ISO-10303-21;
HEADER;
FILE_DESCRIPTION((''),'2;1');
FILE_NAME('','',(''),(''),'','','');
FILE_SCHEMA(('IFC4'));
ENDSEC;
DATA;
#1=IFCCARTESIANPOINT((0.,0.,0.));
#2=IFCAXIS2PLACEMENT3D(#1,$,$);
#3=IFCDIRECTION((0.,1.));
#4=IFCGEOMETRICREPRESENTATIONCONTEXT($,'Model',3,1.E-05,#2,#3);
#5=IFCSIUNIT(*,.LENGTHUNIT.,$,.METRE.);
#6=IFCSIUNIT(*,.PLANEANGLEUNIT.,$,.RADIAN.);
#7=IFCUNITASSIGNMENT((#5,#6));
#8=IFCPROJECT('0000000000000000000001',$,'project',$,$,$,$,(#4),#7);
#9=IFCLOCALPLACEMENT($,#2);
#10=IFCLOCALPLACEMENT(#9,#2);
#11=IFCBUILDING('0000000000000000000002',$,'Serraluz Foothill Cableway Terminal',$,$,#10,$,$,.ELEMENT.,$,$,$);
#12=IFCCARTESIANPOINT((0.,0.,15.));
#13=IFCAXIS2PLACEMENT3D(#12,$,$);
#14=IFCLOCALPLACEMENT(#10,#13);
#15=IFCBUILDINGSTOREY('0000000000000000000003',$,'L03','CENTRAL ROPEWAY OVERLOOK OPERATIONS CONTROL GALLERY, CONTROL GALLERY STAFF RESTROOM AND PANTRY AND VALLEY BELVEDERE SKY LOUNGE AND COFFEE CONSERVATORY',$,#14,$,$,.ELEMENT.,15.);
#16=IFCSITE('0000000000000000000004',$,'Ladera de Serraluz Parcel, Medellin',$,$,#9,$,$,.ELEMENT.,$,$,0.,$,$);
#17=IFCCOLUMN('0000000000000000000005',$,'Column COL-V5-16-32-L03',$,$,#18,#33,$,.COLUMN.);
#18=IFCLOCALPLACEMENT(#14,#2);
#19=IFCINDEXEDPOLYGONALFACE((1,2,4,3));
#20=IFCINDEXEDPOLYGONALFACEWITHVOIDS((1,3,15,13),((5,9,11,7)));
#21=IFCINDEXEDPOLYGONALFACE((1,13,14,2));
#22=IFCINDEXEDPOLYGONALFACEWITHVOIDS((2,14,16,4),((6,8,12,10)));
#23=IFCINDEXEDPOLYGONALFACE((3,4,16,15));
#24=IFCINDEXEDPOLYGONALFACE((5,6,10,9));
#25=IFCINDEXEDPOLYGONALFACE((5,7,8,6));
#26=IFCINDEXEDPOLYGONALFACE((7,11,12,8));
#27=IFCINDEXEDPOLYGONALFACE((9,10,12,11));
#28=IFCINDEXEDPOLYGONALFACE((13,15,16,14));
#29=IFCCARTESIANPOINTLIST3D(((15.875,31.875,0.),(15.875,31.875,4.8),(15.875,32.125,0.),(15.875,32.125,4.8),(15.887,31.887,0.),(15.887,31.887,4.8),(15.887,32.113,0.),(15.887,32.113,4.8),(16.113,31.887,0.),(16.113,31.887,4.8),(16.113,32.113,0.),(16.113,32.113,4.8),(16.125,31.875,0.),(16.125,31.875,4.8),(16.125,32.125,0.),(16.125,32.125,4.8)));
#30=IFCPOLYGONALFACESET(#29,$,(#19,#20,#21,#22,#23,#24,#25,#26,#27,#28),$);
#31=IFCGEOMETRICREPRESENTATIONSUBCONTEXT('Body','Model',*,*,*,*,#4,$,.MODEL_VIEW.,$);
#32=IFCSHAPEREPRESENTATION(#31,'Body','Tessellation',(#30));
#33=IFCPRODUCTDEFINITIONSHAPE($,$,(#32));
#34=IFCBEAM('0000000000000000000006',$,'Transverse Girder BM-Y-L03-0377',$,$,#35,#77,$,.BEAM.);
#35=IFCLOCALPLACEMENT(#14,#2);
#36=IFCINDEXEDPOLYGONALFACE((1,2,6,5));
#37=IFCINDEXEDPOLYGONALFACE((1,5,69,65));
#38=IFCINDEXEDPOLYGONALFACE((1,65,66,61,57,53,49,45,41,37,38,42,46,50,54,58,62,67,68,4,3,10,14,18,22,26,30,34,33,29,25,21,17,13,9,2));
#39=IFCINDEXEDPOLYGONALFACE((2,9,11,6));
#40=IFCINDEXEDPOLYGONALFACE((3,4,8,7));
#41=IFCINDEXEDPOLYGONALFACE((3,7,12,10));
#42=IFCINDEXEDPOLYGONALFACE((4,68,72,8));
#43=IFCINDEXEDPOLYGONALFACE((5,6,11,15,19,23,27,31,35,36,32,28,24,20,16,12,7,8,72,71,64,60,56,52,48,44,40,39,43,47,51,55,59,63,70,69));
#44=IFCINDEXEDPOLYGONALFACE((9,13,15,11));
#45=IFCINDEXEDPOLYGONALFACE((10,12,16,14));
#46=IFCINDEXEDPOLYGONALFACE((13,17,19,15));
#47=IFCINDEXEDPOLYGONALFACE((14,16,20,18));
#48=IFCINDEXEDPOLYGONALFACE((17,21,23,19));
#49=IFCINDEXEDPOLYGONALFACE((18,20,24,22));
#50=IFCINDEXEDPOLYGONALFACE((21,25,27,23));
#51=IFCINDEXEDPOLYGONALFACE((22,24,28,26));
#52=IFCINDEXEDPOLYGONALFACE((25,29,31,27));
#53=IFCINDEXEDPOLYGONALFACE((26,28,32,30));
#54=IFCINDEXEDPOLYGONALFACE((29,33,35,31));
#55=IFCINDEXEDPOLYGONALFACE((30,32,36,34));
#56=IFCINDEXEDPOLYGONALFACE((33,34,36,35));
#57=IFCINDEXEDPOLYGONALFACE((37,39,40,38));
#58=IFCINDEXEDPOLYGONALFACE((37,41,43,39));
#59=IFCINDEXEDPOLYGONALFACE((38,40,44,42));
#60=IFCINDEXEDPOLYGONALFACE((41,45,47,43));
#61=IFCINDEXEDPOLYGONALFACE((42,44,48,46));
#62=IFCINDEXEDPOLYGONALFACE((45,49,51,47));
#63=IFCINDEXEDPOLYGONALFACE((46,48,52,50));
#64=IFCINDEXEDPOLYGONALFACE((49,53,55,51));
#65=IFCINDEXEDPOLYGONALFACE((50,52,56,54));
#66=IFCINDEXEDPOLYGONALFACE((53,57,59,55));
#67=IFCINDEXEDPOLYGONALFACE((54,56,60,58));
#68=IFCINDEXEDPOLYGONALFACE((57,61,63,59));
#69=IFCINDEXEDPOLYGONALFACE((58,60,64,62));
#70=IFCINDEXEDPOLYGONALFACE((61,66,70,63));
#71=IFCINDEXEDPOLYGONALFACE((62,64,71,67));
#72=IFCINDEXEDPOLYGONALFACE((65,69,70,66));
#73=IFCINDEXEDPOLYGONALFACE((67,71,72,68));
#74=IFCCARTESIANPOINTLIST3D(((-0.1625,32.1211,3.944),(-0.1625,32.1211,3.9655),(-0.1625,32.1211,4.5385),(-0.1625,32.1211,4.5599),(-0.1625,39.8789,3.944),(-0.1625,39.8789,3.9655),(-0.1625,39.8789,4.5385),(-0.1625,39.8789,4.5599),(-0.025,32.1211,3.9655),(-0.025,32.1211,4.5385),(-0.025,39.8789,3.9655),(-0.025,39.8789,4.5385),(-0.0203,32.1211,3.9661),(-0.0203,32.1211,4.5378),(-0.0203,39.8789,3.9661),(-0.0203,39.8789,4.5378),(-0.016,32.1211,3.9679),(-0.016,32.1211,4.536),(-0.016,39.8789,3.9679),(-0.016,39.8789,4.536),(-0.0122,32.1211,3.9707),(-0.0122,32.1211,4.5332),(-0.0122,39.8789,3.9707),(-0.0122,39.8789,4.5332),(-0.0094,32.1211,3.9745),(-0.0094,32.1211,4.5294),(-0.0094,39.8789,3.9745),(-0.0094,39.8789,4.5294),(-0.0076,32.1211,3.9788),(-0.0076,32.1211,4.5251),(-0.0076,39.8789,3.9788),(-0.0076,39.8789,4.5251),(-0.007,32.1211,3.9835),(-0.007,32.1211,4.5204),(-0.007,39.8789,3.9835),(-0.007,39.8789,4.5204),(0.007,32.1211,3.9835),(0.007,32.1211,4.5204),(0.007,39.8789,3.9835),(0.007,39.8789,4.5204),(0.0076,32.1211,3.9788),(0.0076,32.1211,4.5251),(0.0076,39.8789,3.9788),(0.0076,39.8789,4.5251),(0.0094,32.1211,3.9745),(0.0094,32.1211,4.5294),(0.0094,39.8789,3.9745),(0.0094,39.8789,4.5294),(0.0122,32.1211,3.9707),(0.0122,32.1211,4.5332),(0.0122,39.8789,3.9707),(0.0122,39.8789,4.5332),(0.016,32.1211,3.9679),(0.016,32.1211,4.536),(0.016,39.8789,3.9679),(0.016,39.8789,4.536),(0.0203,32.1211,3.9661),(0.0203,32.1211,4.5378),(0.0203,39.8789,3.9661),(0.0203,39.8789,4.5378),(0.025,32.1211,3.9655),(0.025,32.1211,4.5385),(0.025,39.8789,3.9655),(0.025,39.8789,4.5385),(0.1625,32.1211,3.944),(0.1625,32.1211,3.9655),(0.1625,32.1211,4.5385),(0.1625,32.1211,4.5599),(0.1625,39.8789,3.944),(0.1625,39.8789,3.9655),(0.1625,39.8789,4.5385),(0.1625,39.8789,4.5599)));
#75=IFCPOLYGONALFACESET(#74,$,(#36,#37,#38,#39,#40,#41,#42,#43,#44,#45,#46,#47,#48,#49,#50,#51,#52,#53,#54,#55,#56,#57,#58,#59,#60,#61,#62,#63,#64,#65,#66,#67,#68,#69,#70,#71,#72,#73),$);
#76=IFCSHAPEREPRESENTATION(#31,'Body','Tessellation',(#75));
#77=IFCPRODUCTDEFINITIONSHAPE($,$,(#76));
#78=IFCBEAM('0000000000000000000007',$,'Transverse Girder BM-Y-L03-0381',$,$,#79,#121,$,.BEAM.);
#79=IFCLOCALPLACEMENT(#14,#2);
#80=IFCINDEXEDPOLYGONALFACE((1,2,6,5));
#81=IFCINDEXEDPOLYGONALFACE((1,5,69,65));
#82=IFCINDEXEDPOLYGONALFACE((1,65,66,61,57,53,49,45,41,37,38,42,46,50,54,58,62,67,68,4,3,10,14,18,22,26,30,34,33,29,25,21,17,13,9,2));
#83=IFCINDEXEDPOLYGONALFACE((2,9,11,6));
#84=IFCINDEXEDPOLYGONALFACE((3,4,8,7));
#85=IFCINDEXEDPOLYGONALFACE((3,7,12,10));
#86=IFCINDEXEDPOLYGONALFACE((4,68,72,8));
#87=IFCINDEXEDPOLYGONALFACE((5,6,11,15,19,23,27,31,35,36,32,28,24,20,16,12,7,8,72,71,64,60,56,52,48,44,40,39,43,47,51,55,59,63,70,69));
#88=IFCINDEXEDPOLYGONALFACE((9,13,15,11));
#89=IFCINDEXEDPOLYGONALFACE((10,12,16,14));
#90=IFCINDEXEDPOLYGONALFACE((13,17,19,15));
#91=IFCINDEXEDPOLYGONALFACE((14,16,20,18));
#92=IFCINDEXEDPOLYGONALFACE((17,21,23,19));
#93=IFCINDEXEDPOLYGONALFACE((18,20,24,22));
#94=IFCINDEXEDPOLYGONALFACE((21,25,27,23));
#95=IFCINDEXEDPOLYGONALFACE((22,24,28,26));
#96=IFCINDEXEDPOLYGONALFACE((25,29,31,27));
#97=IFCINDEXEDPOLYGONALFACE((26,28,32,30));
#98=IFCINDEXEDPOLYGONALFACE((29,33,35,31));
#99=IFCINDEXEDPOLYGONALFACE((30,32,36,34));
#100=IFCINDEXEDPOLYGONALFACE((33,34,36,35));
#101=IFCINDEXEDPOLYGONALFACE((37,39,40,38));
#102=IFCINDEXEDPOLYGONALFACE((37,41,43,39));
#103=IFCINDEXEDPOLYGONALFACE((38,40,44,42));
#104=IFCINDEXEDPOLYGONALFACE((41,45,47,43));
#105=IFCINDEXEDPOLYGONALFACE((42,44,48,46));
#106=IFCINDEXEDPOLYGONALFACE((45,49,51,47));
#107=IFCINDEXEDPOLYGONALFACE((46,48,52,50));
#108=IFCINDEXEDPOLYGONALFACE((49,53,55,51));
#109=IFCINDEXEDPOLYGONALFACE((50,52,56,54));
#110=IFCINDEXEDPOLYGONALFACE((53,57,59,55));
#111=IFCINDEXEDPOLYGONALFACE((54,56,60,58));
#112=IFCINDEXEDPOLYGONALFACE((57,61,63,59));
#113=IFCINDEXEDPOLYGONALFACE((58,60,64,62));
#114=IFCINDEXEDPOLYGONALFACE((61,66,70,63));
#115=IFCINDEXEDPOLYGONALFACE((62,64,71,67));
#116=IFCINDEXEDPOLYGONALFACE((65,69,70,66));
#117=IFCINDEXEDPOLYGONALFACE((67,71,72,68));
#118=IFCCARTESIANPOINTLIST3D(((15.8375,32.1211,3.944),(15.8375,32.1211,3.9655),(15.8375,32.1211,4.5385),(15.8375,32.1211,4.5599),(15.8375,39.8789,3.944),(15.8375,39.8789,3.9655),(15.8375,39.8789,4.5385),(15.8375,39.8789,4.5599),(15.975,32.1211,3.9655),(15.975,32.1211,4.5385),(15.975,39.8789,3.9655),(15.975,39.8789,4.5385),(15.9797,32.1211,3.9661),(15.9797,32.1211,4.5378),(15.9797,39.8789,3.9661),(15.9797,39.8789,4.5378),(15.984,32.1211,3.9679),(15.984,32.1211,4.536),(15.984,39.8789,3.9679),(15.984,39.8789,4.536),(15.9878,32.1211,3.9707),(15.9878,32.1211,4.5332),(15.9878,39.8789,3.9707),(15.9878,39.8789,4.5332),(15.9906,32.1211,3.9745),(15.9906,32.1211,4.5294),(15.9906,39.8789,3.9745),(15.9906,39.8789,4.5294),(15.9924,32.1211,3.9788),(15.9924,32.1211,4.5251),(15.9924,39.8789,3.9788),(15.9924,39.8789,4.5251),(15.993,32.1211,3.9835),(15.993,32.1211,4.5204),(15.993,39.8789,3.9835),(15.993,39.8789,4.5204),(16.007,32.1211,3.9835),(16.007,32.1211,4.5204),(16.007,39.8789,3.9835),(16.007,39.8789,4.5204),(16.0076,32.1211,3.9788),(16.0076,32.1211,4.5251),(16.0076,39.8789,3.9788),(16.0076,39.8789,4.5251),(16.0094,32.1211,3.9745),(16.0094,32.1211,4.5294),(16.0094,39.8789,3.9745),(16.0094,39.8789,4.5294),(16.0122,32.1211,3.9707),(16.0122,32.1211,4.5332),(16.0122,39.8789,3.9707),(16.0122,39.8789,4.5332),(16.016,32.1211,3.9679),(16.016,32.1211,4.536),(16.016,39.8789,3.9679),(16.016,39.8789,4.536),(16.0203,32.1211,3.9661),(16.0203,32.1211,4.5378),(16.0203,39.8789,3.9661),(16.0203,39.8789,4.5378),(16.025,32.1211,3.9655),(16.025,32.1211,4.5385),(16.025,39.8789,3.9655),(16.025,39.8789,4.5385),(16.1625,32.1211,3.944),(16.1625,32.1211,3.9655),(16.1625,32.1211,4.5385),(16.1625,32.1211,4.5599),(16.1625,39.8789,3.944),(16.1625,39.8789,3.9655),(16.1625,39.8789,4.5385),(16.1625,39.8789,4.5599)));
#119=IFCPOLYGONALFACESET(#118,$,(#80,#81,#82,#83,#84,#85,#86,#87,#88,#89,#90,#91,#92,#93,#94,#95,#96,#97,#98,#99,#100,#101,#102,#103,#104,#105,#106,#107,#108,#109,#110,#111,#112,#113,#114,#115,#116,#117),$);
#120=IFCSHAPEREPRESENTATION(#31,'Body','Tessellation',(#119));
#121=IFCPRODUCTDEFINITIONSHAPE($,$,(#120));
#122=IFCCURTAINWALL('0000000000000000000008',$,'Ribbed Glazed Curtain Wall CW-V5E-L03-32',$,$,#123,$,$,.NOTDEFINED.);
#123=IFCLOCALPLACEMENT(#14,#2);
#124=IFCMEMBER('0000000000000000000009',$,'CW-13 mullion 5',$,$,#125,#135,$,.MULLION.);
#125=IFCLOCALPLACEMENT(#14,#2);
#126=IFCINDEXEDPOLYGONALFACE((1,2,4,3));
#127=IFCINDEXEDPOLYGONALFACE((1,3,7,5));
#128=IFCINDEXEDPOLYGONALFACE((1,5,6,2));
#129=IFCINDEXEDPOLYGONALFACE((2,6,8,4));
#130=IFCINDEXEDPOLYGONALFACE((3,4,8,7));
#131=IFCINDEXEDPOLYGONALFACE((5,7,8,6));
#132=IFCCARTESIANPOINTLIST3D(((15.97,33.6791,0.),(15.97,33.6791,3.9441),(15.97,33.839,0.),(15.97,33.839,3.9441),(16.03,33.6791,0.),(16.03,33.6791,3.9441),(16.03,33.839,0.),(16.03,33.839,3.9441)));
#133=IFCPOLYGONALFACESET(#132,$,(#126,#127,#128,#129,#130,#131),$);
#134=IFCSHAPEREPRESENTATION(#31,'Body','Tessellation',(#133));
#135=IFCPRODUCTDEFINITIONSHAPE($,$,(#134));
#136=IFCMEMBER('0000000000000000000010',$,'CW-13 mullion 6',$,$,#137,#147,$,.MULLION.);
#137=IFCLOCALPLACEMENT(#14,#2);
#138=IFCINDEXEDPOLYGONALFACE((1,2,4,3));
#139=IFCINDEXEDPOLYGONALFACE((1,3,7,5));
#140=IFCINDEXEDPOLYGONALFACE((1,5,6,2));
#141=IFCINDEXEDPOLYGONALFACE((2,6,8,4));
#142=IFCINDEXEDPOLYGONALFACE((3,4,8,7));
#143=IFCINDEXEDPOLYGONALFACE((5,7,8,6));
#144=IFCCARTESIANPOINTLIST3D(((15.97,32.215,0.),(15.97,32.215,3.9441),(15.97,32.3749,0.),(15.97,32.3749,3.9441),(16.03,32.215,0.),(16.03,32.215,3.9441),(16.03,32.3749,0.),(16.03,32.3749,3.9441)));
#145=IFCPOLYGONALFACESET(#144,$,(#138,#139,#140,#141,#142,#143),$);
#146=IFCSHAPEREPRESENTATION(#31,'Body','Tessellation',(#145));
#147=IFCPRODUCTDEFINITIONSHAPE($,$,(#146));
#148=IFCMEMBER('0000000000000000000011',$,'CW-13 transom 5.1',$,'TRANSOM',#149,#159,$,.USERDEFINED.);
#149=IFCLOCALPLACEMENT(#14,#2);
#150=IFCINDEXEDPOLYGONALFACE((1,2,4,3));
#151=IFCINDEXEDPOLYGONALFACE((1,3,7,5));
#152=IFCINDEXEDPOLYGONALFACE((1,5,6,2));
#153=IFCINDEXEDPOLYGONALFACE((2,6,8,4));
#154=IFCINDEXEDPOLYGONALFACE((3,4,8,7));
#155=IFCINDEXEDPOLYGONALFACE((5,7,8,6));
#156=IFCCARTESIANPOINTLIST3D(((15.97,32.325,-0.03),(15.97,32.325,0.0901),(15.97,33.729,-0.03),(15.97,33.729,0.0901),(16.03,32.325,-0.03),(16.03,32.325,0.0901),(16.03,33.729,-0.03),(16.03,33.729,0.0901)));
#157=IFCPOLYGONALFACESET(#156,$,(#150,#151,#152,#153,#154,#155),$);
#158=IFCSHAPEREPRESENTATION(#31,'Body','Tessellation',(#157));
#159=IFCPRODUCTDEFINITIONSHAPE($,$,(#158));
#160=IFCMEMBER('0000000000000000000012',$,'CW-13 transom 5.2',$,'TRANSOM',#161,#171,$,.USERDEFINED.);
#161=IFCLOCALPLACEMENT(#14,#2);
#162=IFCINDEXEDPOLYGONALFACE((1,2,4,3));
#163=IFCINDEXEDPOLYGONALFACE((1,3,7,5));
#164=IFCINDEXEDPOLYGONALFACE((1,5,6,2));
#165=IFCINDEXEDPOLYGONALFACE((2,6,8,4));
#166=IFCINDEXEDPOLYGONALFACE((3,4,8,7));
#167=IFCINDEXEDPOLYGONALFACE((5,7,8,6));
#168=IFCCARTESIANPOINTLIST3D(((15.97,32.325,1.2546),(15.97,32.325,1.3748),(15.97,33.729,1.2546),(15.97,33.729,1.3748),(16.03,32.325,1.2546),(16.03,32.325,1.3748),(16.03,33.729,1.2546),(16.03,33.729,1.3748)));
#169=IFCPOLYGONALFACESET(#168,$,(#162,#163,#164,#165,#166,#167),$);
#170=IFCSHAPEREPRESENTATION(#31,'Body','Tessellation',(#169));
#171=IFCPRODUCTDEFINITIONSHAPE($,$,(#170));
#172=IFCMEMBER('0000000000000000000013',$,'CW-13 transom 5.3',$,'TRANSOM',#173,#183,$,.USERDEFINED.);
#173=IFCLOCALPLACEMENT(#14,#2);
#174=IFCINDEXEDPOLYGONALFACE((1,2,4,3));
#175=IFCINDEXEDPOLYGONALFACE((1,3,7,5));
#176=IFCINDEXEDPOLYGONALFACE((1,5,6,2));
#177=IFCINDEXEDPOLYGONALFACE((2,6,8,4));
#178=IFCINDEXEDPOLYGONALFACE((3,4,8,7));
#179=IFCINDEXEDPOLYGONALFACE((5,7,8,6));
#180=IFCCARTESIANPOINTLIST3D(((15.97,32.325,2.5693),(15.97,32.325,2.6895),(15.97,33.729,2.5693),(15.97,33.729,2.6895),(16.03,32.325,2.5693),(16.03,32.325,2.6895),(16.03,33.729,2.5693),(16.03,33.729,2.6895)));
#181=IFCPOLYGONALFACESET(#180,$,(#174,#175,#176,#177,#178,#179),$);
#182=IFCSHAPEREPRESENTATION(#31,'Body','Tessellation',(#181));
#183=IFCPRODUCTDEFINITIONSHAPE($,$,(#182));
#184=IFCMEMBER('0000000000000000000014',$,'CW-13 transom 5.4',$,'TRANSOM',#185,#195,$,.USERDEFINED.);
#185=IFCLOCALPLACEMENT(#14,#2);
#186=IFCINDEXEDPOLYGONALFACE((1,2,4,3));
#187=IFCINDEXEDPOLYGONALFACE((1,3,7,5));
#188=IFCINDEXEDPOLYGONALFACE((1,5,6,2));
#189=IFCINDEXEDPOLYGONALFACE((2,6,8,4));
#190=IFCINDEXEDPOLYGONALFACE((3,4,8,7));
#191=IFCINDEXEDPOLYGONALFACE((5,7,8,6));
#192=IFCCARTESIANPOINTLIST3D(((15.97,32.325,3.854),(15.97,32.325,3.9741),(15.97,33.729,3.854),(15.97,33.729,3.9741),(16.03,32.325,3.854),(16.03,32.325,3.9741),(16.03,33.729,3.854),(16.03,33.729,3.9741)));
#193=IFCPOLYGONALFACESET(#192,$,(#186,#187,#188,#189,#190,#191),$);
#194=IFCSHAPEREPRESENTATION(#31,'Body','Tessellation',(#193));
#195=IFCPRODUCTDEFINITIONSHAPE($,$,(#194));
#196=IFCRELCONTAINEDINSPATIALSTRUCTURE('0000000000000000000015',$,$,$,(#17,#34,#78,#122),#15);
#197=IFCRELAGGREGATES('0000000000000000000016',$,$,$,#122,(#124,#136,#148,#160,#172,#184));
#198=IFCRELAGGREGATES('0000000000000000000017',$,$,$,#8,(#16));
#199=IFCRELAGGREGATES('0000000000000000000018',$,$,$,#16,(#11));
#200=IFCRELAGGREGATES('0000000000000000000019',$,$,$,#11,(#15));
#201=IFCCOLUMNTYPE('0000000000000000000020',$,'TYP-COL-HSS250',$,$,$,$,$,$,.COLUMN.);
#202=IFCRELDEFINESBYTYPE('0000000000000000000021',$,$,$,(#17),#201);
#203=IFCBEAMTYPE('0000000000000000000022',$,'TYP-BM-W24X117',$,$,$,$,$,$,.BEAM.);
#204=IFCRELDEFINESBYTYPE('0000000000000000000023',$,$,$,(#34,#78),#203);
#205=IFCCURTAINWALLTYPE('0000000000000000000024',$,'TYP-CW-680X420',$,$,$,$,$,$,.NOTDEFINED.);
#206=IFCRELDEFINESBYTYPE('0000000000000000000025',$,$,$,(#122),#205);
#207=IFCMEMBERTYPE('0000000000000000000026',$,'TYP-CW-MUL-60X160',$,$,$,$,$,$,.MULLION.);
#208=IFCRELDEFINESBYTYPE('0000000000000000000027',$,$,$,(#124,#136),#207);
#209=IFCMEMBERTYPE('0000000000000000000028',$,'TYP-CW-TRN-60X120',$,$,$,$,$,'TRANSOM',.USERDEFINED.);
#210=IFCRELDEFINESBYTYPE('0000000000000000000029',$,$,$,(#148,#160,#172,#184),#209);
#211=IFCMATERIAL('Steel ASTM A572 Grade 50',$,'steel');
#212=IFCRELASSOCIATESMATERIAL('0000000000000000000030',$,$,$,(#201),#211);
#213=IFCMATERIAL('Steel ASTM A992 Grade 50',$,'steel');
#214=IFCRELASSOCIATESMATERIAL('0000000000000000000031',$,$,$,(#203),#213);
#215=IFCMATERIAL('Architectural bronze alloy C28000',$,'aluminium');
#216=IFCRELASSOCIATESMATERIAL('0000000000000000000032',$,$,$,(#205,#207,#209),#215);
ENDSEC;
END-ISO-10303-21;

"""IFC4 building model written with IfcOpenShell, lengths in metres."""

from ifc_helpers import new_model, si_unit, direction, frame, origin, origin_2d, place, context, subcontext, project, spatial, rectangle, hollow_rectangle, i_section, extrude, material, material_profile, profile_set, type_object, element, aggregate, save


model = new_model("IFC4")

# Units and contexts
model_context = context("Model", 3, precision=1e-05, world=origin(), true_north=direction((0.0, 1.0)))
body_context = subcontext(model_context, "Body", "Model", "MODEL_VIEW")
ifc_project = project(units=[si_unit("LENGTHUNIT", "METRE"), si_unit("PLANEANGLEUNIT", "RADIAN")], contexts=[model_context])

# Site, building, storey
site_placement = place(None, origin())
site = spatial("IfcSite", under=ifc_project, at=site_placement, Name="Ladera de Serraluz Parcel, Medellin", CompositionType="ELEMENT", RefElevation=0.0)
building_placement = place(site_placement, origin())
building = spatial("IfcBuilding", under=site, at=building_placement, Name="Serraluz Foothill Cableway Terminal", CompositionType="ELEMENT")
storey_placement = place(building_placement, frame((0.0, 0.0, 15.0)))
storey = spatial("IfcBuildingStorey", under=building, at=storey_placement, Name="L03", Description="CENTRAL ROPEWAY OVERLOOK OPERATIONS CONTROL GALLERY, CONTROL GALLERY STAFF RESTROOM AND PANTRY AND VALLEY BELVEDERE SKY LOUNGE AND COFFEE CONSERVATORY", CompositionType="ELEMENT", Elevation=15.0)

# Column
ifc_material_1 = material(Name="Steel ASTM A572 Grade 50", Category="steel")
ifc_material_profile_1 = material_profile(ifc_material_1, hollow_rectangle(XDim=0.25, YDim=0.25, WallThickness=0.012, at=origin_2d()), Name="HSS250X250X12")
ifc_profile_set_1 = profile_set([ifc_material_profile_1], Name="Steel ASTM A572 Grade 50")
column_type = type_object("IfcColumnType", Name="TYP-COL-HSS250", PredefinedType="COLUMN", material=ifc_profile_set_1)
column_placement = place(storey_placement, frame((16.0, 32.0, 0.0), z_axis=(0.0, 0.0, 1.0), x_axis=(1.0, 0.0, 0.0)))
element("IfcColumn", 1, at=column_placement, inside=storey, type_object=column_type, Name="Column COL-V5-16-32-L03", PredefinedType="COLUMN", context=body_context, shape_type="SweptSolid", body=[
    extrude(hollow_rectangle(XDim=0.25, YDim=0.25, WallThickness=0.012, at=origin_2d()), origin(), (0.0, 0.0, 1.0), 4.8),
])

# Beams
ifc_material_2 = material(Name="Steel ASTM A992 Grade 50", Category="steel")
ifc_material_profile_2 = material_profile(ifc_material_2, i_section(OverallWidth=0.325, OverallDepth=0.616, WebThickness=0.0139, FlangeThickness=0.0215, FilletRadius=0.0181, at=origin_2d()), Name="W24X117")
ifc_profile_set_2 = profile_set([ifc_material_profile_2], Name="Steel ASTM A992 Grade 50")
beam_type = type_object("IfcBeamType", Name="TYP-BM-W24X117", PredefinedType="BEAM", material=ifc_profile_set_2)
for number, where, z_axis, x_axis, name in (
    (2, (0.0, 32.1211, 4.252), (0.0, 1.0, 0.0), (-1.0, 0.0, 0.0), "Transverse Girder BM-Y-L03-0377"),
    (3, (16.0, 32.1211, 4.252), (0.0, 1.0, 0.0), (-1.0, 0.0, 0.0), "Transverse Girder BM-Y-L03-0381"),
):
    element("IfcBeam", number, at=place(storey_placement, frame(where, z_axis=z_axis, x_axis=x_axis)), inside=storey, type_object=beam_type, Name=name, PredefinedType="BEAM", context=body_context, shape_type="SweptSolid", body=[
        extrude(i_section(OverallWidth=0.325, OverallDepth=0.616, WebThickness=0.0139, FlangeThickness=0.0215, FilletRadius=0.0181, at=origin_2d()), origin(), (0.0, 0.0, 1.0), 7.7578),
    ])

# Curtain wall, members
ifc_material_3 = material(Name="Architectural bronze alloy C28000", Category="aluminium")
curtain_wall_type = type_object("IfcCurtainWallType", Name="TYP-CW-680X420", PredefinedType="NOTDEFINED", material=ifc_material_3)
curtain_wall_placement = place(storey_placement, origin())
curtain_wall = element("IfcCurtainWall", 4, at=curtain_wall_placement, inside=storey, type_object=curtain_wall_type, Name="Ribbed Glazed Curtain Wall CW-V5E-L03-32", PredefinedType="NOTDEFINED")
ifc_material_profile_3 = material_profile(ifc_material_3, rectangle(XDim=0.0601, YDim=0.1599, at=origin_2d()), Name="ALU MULLION 60x160")
ifc_profile_set_3 = profile_set([ifc_material_profile_3], Name="Architectural bronze alloy C28000")
member_type_1 = type_object("IfcMemberType", Name="TYP-CW-MUL-60X160", PredefinedType="MULLION", material=ifc_profile_set_3)
member_1_placement = place(storey_placement, frame((16.0, 33.759, 0.0), z_axis=(0.0, 0.0, 1.0), x_axis=(1.0, 0.0, 0.0)))
member_1 = element("IfcMember", 5, at=member_1_placement, type_object=member_type_1, Name="CW-13 mullion 5", PredefinedType="MULLION", context=body_context, shape_type="SweptSolid", body=[
    extrude(rectangle(XDim=0.0601, YDim=0.1599, at=origin_2d()), origin(), (0.0, 0.0, 1.0), 3.9441),
])
member_2_placement = place(storey_placement, frame((16.0, 32.2949, 0.0), z_axis=(0.0, 0.0, 1.0), x_axis=(1.0, 0.0, 0.0)))
member_2 = element("IfcMember", 6, at=member_2_placement, type_object=member_type_1, Name="CW-13 mullion 6", PredefinedType="MULLION", context=body_context, shape_type="SweptSolid", body=[
    extrude(rectangle(XDim=0.0601, YDim=0.1599, at=origin_2d()), origin(), (0.0, 0.0, 1.0), 3.9441),
])
ifc_material_profile_4 = material_profile(ifc_material_3, rectangle(XDim=0.0601, YDim=0.1201, at=origin_2d()), Name="ALU TRANSOM 60x120")
ifc_profile_set_4 = profile_set([ifc_material_profile_4], Name="Architectural bronze alloy C28000")
member_type_2 = type_object("IfcMemberType", Name="TYP-CW-TRN-60X120", ElementType="TRANSOM", PredefinedType="USERDEFINED", material=ifc_profile_set_4)
member_3_placement = place(storey_placement, frame((16.0, 33.729, 0.03), z_axis=(0.0, -1.0, 0.0), x_axis=(1.0, 0.0, 0.0)))
member_3 = element("IfcMember", 7, at=member_3_placement, type_object=member_type_2, Name="CW-13 transom 5.1", ObjectType="TRANSOM", PredefinedType="USERDEFINED", context=body_context, shape_type="SweptSolid", body=[
    extrude(rectangle(XDim=0.0601, YDim=0.1201, at=origin_2d()), origin(), (0.0, 0.0, 1.0), 1.4041),
])
member_4_placement = place(storey_placement, frame((16.0, 33.729, 1.3147), z_axis=(0.0, -1.0, 0.0), x_axis=(1.0, 0.0, 0.0)))
member_4 = element("IfcMember", 8, at=member_4_placement, type_object=member_type_2, Name="CW-13 transom 5.2", ObjectType="TRANSOM", PredefinedType="USERDEFINED", context=body_context, shape_type="SweptSolid", body=[
    extrude(rectangle(XDim=0.0601, YDim=0.1201, at=origin_2d()), origin(), (0.0, 0.0, 1.0), 1.4041),
])
member_5_placement = place(storey_placement, frame((16.0, 33.729, 2.6294), z_axis=(0.0, -1.0, 0.0), x_axis=(1.0, 0.0, 0.0)))
member_5 = element("IfcMember", 9, at=member_5_placement, type_object=member_type_2, Name="CW-13 transom 5.3", ObjectType="TRANSOM", PredefinedType="USERDEFINED", context=body_context, shape_type="SweptSolid", body=[
    extrude(rectangle(XDim=0.0601, YDim=0.1201, at=origin_2d()), origin(), (0.0, 0.0, 1.0), 1.4041),
])
member_6_placement = place(storey_placement, frame((16.0, 33.729, 3.9141), z_axis=(0.0, -1.0, 0.0), x_axis=(1.0, 0.0, 0.0)))
member_6 = element("IfcMember", 10, at=member_6_placement, type_object=member_type_2, Name="CW-13 transom 5.4", ObjectType="TRANSOM", PredefinedType="USERDEFINED", context=body_context, shape_type="SweptSolid", body=[
    extrude(rectangle(XDim=0.0601, YDim=0.1201, at=origin_2d()), origin(), (0.0, 0.0, 1.0), 1.4041),
])
aggregate(curtain_wall, [member_1, member_2, member_3, member_4, member_5, member_6])

save(model, "model.ifc")
